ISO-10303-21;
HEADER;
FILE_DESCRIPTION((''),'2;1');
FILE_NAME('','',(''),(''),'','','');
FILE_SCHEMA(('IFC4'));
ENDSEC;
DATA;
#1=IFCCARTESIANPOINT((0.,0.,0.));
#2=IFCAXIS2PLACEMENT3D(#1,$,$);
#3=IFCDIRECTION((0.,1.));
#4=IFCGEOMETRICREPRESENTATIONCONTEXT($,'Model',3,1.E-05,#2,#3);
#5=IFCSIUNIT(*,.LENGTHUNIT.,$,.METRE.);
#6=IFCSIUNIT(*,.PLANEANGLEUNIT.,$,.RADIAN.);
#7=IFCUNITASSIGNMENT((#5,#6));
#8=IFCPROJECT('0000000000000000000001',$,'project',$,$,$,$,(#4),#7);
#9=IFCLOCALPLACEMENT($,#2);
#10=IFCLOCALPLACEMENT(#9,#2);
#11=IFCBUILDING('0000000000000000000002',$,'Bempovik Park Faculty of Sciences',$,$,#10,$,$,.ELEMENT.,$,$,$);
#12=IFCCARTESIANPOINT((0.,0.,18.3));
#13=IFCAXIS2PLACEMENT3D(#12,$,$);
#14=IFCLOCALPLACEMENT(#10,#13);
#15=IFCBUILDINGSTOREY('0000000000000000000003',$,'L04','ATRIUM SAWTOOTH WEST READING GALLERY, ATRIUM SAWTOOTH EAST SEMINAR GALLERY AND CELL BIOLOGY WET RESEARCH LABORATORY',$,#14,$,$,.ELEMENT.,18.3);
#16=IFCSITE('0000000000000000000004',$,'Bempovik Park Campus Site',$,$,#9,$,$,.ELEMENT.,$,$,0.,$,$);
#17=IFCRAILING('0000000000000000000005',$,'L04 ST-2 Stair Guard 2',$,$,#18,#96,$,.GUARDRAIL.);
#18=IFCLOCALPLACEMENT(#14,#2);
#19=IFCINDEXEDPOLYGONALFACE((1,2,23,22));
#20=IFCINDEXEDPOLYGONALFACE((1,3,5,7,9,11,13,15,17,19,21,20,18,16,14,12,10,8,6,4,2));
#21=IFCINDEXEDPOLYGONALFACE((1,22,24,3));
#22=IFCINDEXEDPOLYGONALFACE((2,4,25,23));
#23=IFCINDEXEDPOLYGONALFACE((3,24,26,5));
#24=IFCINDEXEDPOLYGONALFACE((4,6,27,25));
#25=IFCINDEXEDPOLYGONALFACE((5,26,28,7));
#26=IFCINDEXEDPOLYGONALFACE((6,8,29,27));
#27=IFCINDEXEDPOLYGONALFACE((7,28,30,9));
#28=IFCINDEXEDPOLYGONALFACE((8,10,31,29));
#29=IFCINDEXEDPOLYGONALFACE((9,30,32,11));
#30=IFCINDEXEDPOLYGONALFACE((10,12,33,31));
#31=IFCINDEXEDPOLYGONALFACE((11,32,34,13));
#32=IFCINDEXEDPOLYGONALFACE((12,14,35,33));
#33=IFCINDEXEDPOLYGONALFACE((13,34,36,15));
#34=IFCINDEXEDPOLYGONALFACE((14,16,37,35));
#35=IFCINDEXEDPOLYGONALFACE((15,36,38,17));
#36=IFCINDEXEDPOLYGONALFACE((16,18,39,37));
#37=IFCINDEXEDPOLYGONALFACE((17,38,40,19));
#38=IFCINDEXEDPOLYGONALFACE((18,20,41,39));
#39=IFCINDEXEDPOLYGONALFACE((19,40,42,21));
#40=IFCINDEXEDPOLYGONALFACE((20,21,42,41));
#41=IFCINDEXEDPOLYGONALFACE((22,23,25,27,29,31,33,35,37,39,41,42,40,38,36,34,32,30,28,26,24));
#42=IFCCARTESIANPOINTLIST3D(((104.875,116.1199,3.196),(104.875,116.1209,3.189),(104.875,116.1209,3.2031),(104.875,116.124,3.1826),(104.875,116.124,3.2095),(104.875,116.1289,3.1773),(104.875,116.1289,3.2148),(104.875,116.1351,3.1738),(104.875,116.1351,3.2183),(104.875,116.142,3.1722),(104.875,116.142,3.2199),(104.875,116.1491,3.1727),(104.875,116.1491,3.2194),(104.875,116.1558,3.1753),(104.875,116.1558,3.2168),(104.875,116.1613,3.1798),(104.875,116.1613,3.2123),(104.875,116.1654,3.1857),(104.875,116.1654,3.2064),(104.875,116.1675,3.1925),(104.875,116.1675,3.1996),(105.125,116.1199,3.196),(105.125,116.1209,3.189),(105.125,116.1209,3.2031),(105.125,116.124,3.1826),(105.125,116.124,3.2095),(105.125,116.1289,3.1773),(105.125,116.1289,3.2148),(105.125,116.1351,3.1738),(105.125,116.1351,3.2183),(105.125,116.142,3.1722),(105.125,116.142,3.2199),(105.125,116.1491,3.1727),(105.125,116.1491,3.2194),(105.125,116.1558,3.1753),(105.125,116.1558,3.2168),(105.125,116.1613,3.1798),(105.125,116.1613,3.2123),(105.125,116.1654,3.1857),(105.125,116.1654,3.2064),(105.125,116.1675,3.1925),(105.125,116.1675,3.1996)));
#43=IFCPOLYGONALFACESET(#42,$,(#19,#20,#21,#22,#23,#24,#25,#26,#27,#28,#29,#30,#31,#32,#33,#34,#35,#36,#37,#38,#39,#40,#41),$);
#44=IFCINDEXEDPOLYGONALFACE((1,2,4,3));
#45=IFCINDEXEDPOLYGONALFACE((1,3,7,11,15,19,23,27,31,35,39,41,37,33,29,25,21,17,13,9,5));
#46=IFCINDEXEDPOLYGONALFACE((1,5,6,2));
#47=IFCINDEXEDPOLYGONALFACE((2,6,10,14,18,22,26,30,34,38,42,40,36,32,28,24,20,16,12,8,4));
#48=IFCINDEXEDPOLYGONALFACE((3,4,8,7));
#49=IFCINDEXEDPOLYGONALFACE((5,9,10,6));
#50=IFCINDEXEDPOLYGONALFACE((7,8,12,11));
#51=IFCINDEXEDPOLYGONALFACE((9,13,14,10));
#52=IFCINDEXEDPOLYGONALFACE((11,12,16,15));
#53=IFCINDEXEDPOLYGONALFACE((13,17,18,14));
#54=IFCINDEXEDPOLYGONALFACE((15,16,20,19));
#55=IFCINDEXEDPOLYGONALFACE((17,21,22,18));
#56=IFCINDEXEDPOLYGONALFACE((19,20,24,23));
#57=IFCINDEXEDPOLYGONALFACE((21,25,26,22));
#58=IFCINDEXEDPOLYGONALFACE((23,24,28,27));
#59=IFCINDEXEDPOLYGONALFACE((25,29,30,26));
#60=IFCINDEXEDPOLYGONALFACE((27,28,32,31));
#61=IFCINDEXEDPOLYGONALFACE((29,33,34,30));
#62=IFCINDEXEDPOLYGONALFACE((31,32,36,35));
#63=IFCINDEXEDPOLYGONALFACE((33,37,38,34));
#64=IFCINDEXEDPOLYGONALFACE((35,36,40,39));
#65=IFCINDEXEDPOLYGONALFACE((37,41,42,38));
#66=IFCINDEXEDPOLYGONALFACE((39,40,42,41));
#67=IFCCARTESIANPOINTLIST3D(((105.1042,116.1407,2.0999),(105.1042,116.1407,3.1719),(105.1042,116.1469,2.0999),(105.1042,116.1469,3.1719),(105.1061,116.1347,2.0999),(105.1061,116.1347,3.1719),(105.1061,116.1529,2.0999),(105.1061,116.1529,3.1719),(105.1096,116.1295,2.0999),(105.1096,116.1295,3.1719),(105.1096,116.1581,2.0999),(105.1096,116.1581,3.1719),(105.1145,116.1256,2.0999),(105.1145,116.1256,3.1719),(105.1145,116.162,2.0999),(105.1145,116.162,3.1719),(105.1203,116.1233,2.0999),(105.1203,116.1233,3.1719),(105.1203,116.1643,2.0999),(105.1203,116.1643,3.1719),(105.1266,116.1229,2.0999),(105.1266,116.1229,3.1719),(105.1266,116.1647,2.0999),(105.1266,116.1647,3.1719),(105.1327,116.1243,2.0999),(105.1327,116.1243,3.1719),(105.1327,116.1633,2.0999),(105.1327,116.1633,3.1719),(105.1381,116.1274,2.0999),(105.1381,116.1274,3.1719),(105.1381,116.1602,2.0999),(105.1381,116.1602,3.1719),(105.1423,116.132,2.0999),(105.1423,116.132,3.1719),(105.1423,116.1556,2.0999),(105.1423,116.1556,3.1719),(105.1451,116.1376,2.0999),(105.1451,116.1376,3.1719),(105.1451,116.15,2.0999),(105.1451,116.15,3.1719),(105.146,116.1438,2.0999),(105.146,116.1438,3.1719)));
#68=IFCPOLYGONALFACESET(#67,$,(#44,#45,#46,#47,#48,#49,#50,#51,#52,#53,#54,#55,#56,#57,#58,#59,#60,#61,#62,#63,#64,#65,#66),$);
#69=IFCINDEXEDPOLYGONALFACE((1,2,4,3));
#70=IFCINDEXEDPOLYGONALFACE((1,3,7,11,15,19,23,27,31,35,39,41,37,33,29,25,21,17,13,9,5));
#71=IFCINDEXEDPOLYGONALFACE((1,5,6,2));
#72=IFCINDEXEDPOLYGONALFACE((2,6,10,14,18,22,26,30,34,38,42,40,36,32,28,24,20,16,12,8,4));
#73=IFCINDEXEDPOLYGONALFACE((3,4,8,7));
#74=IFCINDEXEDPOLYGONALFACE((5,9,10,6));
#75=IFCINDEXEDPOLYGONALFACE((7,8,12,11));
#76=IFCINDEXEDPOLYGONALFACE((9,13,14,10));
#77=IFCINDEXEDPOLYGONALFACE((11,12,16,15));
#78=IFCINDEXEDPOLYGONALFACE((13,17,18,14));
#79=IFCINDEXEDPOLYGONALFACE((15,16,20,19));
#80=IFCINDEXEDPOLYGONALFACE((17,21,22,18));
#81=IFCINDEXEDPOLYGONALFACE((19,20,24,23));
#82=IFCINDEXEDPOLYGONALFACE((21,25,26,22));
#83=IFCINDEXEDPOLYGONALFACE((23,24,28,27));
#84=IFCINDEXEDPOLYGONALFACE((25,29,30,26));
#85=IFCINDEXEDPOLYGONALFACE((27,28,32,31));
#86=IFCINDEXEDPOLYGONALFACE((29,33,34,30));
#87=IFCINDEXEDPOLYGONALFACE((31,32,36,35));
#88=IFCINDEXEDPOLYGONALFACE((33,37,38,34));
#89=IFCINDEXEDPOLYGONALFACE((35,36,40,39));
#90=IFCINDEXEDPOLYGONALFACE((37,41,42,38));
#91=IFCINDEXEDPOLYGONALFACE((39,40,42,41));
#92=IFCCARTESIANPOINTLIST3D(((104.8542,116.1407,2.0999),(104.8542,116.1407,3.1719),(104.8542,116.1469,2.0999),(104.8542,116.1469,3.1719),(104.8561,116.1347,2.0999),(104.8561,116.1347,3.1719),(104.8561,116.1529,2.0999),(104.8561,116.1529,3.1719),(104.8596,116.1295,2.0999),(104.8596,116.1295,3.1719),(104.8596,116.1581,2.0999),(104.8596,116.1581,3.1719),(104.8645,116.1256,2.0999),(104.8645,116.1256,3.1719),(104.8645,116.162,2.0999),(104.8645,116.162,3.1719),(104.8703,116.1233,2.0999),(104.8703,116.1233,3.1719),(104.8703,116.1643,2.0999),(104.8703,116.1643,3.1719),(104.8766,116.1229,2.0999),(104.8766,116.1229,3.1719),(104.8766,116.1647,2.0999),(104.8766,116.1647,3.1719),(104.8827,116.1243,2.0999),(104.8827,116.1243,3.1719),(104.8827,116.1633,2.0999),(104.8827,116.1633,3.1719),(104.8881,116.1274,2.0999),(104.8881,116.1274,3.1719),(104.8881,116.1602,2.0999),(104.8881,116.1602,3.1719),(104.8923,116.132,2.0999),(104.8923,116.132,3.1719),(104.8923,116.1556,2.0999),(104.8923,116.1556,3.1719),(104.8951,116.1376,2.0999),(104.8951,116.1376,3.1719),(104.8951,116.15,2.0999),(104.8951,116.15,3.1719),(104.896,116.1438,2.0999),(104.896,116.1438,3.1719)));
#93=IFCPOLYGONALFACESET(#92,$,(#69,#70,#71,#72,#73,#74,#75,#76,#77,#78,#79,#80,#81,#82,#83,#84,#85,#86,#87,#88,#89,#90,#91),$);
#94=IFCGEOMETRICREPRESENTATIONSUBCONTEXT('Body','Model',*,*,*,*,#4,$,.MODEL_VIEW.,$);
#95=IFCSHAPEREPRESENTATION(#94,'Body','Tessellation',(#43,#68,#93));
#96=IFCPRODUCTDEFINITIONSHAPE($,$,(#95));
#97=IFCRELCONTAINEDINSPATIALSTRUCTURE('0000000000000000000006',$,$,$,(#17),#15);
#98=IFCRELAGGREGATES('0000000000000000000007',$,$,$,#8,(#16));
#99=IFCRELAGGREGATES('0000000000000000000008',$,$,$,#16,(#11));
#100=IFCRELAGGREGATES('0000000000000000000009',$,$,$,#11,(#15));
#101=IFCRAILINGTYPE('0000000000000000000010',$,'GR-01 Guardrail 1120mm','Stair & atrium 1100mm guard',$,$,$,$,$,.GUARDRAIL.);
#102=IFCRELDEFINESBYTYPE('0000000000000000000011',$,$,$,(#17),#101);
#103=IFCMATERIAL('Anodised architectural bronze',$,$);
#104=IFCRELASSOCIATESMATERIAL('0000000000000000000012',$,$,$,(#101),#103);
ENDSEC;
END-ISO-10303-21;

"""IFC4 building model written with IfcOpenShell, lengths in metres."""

from ifc_helpers import new_model, si_unit, direction, frame, origin, origin_2d, place, context, subcontext, project, spatial, circle, extrude, material, type_object, element, save


model = new_model("IFC4")

# Units and contexts
model_context = context("Model", 3, precision=1e-05, world=origin(), true_north=direction((0.0, 1.0)))
body_context = subcontext(model_context, "Body", "Model", "MODEL_VIEW")
ifc_project = project(units=[si_unit("LENGTHUNIT", "METRE"), si_unit("PLANEANGLEUNIT", "RADIAN")], contexts=[model_context])

# Site, building, storey
site_placement = place(None, origin())
site = spatial("IfcSite", under=ifc_project, at=site_placement, Name="Bempovik Park Campus Site", CompositionType="ELEMENT", RefElevation=0.0)
building_placement = place(site_placement, origin())
building = spatial("IfcBuilding", under=site, at=building_placement, Name="Bempovik Park Faculty of Sciences", CompositionType="ELEMENT")
storey_placement = place(building_placement, frame((0.0, 0.0, 18.3)))
storey = spatial("IfcBuildingStorey", under=building, at=storey_placement, Name="L04", Description="ATRIUM SAWTOOTH WEST READING GALLERY, ATRIUM SAWTOOTH EAST SEMINAR GALLERY AND CELL BIOLOGY WET RESEARCH LABORATORY", CompositionType="ELEMENT", Elevation=18.3)

# Railing
ifc_material_1 = material(Name="Anodised architectural bronze")
railing_type_1 = type_object("IfcRailingType", Name="GR-01 Guardrail 1120mm", Description="Stair & atrium 1100mm guard", PredefinedType="GUARDRAIL", material=ifc_material_1)
railing_1_placement = place(storey_placement, frame((105.125, 116.1438, 2.0999)))
element("IfcRailing", 1, at=railing_1_placement, inside=storey, type_object=railing_type_1, Name="L04 ST-2 Stair Guard 2", PredefinedType="GUARDRAIL", context=body_context, shape_type="SweptSolid", body=[
    extrude(circle(Radius=0.0239, at=origin_2d()), frame((0.0, 0.0, 1.0962), z_axis=(-1.0, 0.0, 0.0), x_axis=(0.0, -1.0, 0.0)), (0.0, 0.0, 1.0), 0.25),
    extrude(circle(Radius=0.021, at=origin_2d()), origin(), (0.0, 0.0, 1.0), 1.072),
    extrude(circle(Radius=0.021, at=origin_2d()), frame((-0.25, 0.0, 0.0)), (0.0, 0.0, 1.0), 1.072),
])

save(model, "model.ifc")
